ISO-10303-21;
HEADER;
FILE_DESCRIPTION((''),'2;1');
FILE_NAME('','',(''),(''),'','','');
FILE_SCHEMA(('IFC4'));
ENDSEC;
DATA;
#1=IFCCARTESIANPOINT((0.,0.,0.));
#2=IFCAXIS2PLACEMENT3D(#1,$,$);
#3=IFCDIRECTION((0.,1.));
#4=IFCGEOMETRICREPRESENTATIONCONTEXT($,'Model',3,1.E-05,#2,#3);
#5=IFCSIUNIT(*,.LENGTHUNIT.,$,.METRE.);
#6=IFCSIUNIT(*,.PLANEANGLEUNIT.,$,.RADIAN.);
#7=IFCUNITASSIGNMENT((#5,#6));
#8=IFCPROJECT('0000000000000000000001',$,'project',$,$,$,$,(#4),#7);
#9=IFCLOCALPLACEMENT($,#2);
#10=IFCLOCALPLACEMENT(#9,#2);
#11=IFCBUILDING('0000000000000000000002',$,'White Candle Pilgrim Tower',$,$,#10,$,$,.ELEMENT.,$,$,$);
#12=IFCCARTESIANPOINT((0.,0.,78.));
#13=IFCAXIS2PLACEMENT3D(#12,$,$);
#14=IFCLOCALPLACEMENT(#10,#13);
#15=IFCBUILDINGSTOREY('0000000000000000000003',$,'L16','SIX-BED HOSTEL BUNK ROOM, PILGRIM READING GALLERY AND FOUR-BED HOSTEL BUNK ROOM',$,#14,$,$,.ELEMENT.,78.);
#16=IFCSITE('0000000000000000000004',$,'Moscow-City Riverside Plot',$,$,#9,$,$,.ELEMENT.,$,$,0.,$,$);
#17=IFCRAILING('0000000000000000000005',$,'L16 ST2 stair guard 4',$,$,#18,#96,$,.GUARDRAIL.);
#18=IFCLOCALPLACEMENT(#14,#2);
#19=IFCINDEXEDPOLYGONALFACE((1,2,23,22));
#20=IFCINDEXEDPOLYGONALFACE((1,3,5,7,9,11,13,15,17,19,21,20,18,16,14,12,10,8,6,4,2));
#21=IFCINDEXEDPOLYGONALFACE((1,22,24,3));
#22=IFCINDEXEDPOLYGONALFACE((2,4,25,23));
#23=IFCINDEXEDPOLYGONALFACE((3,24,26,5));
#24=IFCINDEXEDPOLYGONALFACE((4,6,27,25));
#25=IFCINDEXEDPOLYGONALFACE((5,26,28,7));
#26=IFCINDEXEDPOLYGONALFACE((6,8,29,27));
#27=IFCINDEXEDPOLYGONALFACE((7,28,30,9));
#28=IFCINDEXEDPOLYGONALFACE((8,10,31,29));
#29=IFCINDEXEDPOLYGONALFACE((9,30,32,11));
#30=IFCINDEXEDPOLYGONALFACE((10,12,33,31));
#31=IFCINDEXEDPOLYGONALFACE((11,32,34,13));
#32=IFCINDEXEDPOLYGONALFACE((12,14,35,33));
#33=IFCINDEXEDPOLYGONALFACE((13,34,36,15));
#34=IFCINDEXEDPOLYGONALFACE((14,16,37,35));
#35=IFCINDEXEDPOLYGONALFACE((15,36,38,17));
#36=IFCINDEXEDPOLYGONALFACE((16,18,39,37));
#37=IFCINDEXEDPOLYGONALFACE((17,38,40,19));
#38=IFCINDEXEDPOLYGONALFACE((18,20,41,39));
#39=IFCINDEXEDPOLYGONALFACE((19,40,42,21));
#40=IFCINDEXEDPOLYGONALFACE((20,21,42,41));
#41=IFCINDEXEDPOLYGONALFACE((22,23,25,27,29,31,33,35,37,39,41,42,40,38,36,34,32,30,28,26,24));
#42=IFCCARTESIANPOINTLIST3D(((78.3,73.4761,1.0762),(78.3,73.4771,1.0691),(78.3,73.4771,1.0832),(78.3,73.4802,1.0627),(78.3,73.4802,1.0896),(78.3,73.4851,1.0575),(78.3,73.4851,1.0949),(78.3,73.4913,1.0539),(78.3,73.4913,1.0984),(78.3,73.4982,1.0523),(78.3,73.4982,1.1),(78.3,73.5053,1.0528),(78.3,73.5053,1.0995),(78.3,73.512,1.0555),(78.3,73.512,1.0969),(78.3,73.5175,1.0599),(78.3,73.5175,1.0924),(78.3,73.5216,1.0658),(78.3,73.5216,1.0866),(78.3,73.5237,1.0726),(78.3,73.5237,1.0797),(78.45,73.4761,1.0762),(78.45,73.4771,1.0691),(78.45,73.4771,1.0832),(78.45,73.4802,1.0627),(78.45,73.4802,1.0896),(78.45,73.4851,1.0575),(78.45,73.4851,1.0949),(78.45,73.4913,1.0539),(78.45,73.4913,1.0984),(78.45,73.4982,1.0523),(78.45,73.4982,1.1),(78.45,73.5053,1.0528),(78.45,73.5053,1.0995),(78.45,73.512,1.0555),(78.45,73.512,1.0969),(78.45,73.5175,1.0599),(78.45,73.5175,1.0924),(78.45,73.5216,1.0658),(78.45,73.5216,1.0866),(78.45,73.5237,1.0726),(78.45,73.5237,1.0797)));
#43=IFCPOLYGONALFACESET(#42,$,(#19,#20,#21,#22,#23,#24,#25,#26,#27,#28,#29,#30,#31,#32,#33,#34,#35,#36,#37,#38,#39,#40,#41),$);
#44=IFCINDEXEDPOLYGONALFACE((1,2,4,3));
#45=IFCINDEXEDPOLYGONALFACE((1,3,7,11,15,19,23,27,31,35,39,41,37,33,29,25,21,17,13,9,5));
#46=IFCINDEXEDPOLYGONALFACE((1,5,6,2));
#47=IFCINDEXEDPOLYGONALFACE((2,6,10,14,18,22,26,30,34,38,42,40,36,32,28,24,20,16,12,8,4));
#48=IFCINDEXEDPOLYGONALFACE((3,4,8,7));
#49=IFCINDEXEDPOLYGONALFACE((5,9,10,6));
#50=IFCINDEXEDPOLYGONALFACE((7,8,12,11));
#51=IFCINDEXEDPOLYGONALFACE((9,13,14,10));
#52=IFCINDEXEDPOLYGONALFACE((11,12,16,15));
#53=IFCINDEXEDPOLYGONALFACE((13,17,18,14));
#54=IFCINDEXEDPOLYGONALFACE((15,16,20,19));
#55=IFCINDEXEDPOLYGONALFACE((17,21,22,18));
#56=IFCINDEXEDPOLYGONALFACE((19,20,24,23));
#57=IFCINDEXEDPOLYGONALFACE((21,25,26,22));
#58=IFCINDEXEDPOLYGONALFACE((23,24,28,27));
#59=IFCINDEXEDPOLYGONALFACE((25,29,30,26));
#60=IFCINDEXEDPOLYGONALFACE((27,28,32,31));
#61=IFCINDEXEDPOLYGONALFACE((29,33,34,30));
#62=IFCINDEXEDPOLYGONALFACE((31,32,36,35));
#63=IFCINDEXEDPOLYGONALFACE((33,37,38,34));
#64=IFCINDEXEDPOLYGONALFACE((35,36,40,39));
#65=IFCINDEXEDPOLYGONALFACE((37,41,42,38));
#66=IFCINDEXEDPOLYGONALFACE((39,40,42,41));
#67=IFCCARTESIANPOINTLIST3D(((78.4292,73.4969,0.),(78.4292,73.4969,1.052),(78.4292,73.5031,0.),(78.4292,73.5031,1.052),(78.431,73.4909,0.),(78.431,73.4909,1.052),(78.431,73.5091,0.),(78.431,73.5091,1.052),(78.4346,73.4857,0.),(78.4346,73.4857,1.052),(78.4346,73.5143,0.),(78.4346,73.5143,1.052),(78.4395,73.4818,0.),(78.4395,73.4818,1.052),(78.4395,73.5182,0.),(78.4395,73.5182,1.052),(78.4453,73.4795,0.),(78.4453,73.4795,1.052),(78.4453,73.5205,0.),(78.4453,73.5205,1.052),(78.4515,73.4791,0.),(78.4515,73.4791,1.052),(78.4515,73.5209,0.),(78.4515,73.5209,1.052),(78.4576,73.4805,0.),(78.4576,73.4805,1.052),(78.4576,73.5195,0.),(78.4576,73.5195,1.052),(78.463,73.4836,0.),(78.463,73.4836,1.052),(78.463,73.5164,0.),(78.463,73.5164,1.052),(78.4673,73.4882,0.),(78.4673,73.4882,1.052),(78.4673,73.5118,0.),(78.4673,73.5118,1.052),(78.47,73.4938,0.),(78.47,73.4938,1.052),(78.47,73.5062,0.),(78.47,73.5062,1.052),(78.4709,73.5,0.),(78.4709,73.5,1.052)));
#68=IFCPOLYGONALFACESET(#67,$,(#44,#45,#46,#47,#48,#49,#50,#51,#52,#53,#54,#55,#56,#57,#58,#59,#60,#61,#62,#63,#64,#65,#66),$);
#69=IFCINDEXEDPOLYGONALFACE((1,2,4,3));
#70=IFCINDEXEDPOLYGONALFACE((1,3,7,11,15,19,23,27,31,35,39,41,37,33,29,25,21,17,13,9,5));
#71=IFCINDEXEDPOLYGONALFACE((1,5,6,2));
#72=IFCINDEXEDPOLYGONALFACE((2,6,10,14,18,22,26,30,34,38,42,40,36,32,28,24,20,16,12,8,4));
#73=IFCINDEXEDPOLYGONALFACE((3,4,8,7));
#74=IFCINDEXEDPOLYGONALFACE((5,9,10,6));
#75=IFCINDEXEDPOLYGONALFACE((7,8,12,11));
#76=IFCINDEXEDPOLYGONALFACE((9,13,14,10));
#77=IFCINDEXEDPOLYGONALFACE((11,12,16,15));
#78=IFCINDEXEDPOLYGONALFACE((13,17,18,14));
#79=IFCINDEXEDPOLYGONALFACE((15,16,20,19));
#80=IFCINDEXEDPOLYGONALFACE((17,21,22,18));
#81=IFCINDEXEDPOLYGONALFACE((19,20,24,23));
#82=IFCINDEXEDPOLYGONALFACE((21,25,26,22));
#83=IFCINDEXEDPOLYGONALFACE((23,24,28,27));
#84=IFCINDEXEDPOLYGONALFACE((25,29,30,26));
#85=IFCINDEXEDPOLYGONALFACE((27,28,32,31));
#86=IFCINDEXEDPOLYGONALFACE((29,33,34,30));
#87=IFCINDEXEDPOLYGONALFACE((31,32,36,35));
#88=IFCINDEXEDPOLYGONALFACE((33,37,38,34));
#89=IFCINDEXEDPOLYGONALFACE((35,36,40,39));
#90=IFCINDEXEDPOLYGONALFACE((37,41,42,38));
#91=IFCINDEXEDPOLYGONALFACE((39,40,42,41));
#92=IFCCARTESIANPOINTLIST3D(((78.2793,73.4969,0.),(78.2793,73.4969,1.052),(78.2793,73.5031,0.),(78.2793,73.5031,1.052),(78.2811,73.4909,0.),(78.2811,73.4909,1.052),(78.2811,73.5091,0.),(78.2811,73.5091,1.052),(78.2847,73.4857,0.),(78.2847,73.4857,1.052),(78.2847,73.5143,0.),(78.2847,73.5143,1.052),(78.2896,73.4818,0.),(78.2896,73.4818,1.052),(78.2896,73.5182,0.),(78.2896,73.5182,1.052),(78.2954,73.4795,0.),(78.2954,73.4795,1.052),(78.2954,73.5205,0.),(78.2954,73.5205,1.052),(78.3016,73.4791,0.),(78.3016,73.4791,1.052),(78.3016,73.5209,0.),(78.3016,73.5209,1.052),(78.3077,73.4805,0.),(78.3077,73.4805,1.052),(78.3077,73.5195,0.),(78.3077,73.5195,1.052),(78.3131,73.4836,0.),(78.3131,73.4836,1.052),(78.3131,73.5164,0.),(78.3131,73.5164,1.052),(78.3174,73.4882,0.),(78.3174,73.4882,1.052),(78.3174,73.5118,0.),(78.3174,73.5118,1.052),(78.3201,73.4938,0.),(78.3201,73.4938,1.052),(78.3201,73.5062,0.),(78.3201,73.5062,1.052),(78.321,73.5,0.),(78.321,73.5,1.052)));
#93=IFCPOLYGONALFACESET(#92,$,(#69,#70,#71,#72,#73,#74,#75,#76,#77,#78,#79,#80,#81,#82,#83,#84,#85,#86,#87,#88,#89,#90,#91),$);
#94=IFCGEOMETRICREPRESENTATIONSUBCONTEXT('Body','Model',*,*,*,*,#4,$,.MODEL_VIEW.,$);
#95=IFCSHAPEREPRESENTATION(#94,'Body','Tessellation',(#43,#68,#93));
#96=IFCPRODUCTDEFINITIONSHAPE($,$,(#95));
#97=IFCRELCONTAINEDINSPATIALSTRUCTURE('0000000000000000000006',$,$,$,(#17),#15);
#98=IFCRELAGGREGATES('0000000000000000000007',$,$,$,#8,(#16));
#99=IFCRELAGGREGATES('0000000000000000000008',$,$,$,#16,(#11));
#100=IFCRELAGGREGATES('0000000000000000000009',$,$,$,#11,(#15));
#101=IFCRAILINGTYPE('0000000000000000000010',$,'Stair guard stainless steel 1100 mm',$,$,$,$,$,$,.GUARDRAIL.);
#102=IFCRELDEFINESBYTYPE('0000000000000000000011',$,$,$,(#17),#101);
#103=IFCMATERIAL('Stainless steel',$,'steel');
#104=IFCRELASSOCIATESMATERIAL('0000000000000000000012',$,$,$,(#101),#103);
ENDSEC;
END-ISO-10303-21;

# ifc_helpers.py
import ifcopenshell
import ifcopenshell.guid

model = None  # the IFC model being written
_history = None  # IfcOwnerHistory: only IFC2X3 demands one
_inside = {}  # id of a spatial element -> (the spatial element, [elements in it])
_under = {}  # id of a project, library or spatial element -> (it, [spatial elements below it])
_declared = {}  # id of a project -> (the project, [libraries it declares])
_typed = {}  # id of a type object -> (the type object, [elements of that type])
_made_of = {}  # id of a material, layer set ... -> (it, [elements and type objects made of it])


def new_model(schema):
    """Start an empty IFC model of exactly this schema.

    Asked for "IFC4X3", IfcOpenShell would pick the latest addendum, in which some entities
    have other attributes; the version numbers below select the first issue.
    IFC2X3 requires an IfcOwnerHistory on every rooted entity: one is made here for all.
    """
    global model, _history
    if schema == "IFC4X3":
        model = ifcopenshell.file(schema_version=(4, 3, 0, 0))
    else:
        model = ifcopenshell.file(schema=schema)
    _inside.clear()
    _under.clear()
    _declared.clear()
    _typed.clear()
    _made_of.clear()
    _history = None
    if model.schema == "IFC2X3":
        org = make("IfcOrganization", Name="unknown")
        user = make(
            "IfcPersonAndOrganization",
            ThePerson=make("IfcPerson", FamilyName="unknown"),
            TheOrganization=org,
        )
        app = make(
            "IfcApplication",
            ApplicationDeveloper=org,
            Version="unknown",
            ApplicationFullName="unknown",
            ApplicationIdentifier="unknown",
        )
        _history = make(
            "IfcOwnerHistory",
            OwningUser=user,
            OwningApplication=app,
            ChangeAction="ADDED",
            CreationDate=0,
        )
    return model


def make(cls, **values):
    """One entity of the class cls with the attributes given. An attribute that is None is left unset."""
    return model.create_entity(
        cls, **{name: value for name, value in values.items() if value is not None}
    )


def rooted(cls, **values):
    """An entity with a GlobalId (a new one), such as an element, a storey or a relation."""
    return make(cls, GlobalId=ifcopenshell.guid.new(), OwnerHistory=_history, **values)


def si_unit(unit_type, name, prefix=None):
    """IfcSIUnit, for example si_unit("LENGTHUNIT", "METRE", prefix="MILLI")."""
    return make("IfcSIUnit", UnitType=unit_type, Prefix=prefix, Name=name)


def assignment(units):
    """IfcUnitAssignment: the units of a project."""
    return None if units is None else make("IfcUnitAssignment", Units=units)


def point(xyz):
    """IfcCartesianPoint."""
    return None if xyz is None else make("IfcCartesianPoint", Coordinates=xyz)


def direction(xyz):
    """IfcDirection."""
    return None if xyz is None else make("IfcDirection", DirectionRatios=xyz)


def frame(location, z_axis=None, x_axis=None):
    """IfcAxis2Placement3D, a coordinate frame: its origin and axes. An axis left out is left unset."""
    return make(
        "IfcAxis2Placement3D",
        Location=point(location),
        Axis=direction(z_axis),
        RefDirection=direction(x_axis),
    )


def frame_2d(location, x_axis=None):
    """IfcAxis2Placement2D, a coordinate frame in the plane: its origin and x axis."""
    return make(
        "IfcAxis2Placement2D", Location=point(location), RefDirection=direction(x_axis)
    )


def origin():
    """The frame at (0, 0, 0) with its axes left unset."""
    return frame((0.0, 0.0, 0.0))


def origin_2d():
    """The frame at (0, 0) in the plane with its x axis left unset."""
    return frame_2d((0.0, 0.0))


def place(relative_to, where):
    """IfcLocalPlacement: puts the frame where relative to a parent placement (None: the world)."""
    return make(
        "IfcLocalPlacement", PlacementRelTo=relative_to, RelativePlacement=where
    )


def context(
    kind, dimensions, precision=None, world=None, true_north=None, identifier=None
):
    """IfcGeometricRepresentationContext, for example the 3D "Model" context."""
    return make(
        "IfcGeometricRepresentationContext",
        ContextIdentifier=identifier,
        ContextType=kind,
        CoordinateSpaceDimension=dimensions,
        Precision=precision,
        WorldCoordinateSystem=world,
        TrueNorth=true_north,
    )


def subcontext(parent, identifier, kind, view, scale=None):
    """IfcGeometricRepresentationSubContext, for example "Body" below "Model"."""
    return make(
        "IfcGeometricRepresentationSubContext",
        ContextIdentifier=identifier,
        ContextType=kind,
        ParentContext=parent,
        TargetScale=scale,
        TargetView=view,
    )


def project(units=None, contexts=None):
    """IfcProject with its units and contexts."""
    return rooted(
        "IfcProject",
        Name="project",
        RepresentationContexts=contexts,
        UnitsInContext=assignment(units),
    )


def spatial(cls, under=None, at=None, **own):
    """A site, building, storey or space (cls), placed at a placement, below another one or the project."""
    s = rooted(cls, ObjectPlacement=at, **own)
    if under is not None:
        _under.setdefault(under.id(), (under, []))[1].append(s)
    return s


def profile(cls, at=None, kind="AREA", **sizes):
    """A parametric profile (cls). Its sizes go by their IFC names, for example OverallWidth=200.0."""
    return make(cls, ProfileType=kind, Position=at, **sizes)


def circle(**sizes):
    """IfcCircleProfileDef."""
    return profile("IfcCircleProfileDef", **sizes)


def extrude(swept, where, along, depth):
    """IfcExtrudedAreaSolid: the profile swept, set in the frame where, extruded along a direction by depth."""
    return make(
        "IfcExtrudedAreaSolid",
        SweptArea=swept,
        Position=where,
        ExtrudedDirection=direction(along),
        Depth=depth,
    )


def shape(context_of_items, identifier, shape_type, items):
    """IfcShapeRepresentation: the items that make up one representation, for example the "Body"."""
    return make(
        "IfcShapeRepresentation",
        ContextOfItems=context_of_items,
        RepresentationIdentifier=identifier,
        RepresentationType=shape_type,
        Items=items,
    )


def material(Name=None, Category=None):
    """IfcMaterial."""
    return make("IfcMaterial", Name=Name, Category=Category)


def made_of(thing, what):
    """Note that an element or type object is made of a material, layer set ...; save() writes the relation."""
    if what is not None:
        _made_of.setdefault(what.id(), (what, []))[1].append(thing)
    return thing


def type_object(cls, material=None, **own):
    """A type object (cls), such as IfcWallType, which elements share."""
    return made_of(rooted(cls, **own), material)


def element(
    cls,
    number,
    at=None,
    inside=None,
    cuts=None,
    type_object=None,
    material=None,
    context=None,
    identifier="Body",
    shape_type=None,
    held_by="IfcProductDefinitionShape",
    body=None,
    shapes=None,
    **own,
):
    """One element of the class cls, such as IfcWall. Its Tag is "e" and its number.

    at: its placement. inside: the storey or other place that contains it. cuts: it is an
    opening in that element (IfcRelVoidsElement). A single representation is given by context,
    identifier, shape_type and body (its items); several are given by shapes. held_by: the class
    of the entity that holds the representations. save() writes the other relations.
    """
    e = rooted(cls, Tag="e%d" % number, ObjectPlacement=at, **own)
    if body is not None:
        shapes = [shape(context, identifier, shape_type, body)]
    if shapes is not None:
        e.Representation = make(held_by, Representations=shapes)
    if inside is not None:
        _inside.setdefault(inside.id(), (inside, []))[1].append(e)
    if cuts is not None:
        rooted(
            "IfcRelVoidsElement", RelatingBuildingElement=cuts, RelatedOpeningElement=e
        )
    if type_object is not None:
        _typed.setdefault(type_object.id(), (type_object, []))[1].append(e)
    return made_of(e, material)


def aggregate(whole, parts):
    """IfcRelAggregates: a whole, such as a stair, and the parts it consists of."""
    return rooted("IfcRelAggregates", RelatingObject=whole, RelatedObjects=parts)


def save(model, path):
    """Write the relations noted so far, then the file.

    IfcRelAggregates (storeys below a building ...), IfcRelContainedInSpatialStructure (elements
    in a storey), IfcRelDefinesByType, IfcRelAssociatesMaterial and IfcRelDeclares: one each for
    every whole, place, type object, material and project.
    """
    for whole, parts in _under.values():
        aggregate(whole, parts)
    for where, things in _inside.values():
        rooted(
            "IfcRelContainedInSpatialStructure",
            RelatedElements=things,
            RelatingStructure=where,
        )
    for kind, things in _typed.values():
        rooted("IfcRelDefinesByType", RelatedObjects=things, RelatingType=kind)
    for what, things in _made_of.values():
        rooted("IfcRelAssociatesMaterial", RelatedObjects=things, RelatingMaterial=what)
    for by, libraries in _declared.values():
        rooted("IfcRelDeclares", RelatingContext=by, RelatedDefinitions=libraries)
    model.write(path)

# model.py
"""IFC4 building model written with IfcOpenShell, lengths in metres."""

from ifc_helpers import new_model, si_unit, direction, frame, origin, origin_2d, place, context, subcontext, project, spatial, circle, extrude, material, type_object, element, save


model = new_model("IFC4")

# Units and contexts
model_context = context("Model", 3, precision=1e-05, world=origin(), true_north=direction((0.0, 1.0)))
body_context = subcontext(model_context, "Body", "Model", "MODEL_VIEW")
ifc_project = project(units=[si_unit("LENGTHUNIT", "METRE"), si_unit("PLANEANGLEUNIT", "RADIAN")], contexts=[model_context])

# Site, building, storey
site_placement = place(None, origin())
site = spatial("IfcSite", under=ifc_project, at=site_placement, Name="Moscow-City Riverside Plot", CompositionType="ELEMENT", RefElevation=0.0)
building_placement = place(site_placement, origin())
building = spatial("IfcBuilding", under=site, at=building_placement, Name="White Candle Pilgrim Tower", CompositionType="ELEMENT")
storey_placement = place(building_placement, frame((0.0, 0.0, 78.0)))
storey = spatial("IfcBuildingStorey", under=building, at=storey_placement, Name="L16", Description="SIX-BED HOSTEL BUNK ROOM, PILGRIM READING GALLERY AND FOUR-BED HOSTEL BUNK ROOM", CompositionType="ELEMENT", Elevation=78.0)

# Railing
ifc_material_1 = material(Name="Stainless steel", Category="steel")
railing_type_1 = type_object("IfcRailingType", Name="Stair guard stainless steel 1100 mm", PredefinedType="GUARDRAIL", material=ifc_material_1)
railing_1_placement = place(storey_placement, frame((78.45, 73.5, 0.0)))
element("IfcRailing", 1, at=railing_1_placement, inside=storey, type_object=railing_type_1, Name="L16 ST2 stair guard 4", PredefinedType="GUARDRAIL", context=body_context, shape_type="SweptSolid", body=[
    extrude(circle(Radius=0.0239, at=origin_2d()), frame((0.0, 0.0, 1.0762), z_axis=(-1.0, 0.0, 0.0), x_axis=(0.0, -1.0, 0.0)), (0.0, 0.0, 1.0), 0.1499),
    extrude(circle(Radius=0.021, at=origin_2d()), origin(), (0.0, 0.0, 1.0), 1.052),
    extrude(circle(Radius=0.021, at=origin_2d()), frame((-0.1499, 0.0, 0.0)), (0.0, 0.0, 1.0), 1.052),
])

save(model, "model.ifc")
